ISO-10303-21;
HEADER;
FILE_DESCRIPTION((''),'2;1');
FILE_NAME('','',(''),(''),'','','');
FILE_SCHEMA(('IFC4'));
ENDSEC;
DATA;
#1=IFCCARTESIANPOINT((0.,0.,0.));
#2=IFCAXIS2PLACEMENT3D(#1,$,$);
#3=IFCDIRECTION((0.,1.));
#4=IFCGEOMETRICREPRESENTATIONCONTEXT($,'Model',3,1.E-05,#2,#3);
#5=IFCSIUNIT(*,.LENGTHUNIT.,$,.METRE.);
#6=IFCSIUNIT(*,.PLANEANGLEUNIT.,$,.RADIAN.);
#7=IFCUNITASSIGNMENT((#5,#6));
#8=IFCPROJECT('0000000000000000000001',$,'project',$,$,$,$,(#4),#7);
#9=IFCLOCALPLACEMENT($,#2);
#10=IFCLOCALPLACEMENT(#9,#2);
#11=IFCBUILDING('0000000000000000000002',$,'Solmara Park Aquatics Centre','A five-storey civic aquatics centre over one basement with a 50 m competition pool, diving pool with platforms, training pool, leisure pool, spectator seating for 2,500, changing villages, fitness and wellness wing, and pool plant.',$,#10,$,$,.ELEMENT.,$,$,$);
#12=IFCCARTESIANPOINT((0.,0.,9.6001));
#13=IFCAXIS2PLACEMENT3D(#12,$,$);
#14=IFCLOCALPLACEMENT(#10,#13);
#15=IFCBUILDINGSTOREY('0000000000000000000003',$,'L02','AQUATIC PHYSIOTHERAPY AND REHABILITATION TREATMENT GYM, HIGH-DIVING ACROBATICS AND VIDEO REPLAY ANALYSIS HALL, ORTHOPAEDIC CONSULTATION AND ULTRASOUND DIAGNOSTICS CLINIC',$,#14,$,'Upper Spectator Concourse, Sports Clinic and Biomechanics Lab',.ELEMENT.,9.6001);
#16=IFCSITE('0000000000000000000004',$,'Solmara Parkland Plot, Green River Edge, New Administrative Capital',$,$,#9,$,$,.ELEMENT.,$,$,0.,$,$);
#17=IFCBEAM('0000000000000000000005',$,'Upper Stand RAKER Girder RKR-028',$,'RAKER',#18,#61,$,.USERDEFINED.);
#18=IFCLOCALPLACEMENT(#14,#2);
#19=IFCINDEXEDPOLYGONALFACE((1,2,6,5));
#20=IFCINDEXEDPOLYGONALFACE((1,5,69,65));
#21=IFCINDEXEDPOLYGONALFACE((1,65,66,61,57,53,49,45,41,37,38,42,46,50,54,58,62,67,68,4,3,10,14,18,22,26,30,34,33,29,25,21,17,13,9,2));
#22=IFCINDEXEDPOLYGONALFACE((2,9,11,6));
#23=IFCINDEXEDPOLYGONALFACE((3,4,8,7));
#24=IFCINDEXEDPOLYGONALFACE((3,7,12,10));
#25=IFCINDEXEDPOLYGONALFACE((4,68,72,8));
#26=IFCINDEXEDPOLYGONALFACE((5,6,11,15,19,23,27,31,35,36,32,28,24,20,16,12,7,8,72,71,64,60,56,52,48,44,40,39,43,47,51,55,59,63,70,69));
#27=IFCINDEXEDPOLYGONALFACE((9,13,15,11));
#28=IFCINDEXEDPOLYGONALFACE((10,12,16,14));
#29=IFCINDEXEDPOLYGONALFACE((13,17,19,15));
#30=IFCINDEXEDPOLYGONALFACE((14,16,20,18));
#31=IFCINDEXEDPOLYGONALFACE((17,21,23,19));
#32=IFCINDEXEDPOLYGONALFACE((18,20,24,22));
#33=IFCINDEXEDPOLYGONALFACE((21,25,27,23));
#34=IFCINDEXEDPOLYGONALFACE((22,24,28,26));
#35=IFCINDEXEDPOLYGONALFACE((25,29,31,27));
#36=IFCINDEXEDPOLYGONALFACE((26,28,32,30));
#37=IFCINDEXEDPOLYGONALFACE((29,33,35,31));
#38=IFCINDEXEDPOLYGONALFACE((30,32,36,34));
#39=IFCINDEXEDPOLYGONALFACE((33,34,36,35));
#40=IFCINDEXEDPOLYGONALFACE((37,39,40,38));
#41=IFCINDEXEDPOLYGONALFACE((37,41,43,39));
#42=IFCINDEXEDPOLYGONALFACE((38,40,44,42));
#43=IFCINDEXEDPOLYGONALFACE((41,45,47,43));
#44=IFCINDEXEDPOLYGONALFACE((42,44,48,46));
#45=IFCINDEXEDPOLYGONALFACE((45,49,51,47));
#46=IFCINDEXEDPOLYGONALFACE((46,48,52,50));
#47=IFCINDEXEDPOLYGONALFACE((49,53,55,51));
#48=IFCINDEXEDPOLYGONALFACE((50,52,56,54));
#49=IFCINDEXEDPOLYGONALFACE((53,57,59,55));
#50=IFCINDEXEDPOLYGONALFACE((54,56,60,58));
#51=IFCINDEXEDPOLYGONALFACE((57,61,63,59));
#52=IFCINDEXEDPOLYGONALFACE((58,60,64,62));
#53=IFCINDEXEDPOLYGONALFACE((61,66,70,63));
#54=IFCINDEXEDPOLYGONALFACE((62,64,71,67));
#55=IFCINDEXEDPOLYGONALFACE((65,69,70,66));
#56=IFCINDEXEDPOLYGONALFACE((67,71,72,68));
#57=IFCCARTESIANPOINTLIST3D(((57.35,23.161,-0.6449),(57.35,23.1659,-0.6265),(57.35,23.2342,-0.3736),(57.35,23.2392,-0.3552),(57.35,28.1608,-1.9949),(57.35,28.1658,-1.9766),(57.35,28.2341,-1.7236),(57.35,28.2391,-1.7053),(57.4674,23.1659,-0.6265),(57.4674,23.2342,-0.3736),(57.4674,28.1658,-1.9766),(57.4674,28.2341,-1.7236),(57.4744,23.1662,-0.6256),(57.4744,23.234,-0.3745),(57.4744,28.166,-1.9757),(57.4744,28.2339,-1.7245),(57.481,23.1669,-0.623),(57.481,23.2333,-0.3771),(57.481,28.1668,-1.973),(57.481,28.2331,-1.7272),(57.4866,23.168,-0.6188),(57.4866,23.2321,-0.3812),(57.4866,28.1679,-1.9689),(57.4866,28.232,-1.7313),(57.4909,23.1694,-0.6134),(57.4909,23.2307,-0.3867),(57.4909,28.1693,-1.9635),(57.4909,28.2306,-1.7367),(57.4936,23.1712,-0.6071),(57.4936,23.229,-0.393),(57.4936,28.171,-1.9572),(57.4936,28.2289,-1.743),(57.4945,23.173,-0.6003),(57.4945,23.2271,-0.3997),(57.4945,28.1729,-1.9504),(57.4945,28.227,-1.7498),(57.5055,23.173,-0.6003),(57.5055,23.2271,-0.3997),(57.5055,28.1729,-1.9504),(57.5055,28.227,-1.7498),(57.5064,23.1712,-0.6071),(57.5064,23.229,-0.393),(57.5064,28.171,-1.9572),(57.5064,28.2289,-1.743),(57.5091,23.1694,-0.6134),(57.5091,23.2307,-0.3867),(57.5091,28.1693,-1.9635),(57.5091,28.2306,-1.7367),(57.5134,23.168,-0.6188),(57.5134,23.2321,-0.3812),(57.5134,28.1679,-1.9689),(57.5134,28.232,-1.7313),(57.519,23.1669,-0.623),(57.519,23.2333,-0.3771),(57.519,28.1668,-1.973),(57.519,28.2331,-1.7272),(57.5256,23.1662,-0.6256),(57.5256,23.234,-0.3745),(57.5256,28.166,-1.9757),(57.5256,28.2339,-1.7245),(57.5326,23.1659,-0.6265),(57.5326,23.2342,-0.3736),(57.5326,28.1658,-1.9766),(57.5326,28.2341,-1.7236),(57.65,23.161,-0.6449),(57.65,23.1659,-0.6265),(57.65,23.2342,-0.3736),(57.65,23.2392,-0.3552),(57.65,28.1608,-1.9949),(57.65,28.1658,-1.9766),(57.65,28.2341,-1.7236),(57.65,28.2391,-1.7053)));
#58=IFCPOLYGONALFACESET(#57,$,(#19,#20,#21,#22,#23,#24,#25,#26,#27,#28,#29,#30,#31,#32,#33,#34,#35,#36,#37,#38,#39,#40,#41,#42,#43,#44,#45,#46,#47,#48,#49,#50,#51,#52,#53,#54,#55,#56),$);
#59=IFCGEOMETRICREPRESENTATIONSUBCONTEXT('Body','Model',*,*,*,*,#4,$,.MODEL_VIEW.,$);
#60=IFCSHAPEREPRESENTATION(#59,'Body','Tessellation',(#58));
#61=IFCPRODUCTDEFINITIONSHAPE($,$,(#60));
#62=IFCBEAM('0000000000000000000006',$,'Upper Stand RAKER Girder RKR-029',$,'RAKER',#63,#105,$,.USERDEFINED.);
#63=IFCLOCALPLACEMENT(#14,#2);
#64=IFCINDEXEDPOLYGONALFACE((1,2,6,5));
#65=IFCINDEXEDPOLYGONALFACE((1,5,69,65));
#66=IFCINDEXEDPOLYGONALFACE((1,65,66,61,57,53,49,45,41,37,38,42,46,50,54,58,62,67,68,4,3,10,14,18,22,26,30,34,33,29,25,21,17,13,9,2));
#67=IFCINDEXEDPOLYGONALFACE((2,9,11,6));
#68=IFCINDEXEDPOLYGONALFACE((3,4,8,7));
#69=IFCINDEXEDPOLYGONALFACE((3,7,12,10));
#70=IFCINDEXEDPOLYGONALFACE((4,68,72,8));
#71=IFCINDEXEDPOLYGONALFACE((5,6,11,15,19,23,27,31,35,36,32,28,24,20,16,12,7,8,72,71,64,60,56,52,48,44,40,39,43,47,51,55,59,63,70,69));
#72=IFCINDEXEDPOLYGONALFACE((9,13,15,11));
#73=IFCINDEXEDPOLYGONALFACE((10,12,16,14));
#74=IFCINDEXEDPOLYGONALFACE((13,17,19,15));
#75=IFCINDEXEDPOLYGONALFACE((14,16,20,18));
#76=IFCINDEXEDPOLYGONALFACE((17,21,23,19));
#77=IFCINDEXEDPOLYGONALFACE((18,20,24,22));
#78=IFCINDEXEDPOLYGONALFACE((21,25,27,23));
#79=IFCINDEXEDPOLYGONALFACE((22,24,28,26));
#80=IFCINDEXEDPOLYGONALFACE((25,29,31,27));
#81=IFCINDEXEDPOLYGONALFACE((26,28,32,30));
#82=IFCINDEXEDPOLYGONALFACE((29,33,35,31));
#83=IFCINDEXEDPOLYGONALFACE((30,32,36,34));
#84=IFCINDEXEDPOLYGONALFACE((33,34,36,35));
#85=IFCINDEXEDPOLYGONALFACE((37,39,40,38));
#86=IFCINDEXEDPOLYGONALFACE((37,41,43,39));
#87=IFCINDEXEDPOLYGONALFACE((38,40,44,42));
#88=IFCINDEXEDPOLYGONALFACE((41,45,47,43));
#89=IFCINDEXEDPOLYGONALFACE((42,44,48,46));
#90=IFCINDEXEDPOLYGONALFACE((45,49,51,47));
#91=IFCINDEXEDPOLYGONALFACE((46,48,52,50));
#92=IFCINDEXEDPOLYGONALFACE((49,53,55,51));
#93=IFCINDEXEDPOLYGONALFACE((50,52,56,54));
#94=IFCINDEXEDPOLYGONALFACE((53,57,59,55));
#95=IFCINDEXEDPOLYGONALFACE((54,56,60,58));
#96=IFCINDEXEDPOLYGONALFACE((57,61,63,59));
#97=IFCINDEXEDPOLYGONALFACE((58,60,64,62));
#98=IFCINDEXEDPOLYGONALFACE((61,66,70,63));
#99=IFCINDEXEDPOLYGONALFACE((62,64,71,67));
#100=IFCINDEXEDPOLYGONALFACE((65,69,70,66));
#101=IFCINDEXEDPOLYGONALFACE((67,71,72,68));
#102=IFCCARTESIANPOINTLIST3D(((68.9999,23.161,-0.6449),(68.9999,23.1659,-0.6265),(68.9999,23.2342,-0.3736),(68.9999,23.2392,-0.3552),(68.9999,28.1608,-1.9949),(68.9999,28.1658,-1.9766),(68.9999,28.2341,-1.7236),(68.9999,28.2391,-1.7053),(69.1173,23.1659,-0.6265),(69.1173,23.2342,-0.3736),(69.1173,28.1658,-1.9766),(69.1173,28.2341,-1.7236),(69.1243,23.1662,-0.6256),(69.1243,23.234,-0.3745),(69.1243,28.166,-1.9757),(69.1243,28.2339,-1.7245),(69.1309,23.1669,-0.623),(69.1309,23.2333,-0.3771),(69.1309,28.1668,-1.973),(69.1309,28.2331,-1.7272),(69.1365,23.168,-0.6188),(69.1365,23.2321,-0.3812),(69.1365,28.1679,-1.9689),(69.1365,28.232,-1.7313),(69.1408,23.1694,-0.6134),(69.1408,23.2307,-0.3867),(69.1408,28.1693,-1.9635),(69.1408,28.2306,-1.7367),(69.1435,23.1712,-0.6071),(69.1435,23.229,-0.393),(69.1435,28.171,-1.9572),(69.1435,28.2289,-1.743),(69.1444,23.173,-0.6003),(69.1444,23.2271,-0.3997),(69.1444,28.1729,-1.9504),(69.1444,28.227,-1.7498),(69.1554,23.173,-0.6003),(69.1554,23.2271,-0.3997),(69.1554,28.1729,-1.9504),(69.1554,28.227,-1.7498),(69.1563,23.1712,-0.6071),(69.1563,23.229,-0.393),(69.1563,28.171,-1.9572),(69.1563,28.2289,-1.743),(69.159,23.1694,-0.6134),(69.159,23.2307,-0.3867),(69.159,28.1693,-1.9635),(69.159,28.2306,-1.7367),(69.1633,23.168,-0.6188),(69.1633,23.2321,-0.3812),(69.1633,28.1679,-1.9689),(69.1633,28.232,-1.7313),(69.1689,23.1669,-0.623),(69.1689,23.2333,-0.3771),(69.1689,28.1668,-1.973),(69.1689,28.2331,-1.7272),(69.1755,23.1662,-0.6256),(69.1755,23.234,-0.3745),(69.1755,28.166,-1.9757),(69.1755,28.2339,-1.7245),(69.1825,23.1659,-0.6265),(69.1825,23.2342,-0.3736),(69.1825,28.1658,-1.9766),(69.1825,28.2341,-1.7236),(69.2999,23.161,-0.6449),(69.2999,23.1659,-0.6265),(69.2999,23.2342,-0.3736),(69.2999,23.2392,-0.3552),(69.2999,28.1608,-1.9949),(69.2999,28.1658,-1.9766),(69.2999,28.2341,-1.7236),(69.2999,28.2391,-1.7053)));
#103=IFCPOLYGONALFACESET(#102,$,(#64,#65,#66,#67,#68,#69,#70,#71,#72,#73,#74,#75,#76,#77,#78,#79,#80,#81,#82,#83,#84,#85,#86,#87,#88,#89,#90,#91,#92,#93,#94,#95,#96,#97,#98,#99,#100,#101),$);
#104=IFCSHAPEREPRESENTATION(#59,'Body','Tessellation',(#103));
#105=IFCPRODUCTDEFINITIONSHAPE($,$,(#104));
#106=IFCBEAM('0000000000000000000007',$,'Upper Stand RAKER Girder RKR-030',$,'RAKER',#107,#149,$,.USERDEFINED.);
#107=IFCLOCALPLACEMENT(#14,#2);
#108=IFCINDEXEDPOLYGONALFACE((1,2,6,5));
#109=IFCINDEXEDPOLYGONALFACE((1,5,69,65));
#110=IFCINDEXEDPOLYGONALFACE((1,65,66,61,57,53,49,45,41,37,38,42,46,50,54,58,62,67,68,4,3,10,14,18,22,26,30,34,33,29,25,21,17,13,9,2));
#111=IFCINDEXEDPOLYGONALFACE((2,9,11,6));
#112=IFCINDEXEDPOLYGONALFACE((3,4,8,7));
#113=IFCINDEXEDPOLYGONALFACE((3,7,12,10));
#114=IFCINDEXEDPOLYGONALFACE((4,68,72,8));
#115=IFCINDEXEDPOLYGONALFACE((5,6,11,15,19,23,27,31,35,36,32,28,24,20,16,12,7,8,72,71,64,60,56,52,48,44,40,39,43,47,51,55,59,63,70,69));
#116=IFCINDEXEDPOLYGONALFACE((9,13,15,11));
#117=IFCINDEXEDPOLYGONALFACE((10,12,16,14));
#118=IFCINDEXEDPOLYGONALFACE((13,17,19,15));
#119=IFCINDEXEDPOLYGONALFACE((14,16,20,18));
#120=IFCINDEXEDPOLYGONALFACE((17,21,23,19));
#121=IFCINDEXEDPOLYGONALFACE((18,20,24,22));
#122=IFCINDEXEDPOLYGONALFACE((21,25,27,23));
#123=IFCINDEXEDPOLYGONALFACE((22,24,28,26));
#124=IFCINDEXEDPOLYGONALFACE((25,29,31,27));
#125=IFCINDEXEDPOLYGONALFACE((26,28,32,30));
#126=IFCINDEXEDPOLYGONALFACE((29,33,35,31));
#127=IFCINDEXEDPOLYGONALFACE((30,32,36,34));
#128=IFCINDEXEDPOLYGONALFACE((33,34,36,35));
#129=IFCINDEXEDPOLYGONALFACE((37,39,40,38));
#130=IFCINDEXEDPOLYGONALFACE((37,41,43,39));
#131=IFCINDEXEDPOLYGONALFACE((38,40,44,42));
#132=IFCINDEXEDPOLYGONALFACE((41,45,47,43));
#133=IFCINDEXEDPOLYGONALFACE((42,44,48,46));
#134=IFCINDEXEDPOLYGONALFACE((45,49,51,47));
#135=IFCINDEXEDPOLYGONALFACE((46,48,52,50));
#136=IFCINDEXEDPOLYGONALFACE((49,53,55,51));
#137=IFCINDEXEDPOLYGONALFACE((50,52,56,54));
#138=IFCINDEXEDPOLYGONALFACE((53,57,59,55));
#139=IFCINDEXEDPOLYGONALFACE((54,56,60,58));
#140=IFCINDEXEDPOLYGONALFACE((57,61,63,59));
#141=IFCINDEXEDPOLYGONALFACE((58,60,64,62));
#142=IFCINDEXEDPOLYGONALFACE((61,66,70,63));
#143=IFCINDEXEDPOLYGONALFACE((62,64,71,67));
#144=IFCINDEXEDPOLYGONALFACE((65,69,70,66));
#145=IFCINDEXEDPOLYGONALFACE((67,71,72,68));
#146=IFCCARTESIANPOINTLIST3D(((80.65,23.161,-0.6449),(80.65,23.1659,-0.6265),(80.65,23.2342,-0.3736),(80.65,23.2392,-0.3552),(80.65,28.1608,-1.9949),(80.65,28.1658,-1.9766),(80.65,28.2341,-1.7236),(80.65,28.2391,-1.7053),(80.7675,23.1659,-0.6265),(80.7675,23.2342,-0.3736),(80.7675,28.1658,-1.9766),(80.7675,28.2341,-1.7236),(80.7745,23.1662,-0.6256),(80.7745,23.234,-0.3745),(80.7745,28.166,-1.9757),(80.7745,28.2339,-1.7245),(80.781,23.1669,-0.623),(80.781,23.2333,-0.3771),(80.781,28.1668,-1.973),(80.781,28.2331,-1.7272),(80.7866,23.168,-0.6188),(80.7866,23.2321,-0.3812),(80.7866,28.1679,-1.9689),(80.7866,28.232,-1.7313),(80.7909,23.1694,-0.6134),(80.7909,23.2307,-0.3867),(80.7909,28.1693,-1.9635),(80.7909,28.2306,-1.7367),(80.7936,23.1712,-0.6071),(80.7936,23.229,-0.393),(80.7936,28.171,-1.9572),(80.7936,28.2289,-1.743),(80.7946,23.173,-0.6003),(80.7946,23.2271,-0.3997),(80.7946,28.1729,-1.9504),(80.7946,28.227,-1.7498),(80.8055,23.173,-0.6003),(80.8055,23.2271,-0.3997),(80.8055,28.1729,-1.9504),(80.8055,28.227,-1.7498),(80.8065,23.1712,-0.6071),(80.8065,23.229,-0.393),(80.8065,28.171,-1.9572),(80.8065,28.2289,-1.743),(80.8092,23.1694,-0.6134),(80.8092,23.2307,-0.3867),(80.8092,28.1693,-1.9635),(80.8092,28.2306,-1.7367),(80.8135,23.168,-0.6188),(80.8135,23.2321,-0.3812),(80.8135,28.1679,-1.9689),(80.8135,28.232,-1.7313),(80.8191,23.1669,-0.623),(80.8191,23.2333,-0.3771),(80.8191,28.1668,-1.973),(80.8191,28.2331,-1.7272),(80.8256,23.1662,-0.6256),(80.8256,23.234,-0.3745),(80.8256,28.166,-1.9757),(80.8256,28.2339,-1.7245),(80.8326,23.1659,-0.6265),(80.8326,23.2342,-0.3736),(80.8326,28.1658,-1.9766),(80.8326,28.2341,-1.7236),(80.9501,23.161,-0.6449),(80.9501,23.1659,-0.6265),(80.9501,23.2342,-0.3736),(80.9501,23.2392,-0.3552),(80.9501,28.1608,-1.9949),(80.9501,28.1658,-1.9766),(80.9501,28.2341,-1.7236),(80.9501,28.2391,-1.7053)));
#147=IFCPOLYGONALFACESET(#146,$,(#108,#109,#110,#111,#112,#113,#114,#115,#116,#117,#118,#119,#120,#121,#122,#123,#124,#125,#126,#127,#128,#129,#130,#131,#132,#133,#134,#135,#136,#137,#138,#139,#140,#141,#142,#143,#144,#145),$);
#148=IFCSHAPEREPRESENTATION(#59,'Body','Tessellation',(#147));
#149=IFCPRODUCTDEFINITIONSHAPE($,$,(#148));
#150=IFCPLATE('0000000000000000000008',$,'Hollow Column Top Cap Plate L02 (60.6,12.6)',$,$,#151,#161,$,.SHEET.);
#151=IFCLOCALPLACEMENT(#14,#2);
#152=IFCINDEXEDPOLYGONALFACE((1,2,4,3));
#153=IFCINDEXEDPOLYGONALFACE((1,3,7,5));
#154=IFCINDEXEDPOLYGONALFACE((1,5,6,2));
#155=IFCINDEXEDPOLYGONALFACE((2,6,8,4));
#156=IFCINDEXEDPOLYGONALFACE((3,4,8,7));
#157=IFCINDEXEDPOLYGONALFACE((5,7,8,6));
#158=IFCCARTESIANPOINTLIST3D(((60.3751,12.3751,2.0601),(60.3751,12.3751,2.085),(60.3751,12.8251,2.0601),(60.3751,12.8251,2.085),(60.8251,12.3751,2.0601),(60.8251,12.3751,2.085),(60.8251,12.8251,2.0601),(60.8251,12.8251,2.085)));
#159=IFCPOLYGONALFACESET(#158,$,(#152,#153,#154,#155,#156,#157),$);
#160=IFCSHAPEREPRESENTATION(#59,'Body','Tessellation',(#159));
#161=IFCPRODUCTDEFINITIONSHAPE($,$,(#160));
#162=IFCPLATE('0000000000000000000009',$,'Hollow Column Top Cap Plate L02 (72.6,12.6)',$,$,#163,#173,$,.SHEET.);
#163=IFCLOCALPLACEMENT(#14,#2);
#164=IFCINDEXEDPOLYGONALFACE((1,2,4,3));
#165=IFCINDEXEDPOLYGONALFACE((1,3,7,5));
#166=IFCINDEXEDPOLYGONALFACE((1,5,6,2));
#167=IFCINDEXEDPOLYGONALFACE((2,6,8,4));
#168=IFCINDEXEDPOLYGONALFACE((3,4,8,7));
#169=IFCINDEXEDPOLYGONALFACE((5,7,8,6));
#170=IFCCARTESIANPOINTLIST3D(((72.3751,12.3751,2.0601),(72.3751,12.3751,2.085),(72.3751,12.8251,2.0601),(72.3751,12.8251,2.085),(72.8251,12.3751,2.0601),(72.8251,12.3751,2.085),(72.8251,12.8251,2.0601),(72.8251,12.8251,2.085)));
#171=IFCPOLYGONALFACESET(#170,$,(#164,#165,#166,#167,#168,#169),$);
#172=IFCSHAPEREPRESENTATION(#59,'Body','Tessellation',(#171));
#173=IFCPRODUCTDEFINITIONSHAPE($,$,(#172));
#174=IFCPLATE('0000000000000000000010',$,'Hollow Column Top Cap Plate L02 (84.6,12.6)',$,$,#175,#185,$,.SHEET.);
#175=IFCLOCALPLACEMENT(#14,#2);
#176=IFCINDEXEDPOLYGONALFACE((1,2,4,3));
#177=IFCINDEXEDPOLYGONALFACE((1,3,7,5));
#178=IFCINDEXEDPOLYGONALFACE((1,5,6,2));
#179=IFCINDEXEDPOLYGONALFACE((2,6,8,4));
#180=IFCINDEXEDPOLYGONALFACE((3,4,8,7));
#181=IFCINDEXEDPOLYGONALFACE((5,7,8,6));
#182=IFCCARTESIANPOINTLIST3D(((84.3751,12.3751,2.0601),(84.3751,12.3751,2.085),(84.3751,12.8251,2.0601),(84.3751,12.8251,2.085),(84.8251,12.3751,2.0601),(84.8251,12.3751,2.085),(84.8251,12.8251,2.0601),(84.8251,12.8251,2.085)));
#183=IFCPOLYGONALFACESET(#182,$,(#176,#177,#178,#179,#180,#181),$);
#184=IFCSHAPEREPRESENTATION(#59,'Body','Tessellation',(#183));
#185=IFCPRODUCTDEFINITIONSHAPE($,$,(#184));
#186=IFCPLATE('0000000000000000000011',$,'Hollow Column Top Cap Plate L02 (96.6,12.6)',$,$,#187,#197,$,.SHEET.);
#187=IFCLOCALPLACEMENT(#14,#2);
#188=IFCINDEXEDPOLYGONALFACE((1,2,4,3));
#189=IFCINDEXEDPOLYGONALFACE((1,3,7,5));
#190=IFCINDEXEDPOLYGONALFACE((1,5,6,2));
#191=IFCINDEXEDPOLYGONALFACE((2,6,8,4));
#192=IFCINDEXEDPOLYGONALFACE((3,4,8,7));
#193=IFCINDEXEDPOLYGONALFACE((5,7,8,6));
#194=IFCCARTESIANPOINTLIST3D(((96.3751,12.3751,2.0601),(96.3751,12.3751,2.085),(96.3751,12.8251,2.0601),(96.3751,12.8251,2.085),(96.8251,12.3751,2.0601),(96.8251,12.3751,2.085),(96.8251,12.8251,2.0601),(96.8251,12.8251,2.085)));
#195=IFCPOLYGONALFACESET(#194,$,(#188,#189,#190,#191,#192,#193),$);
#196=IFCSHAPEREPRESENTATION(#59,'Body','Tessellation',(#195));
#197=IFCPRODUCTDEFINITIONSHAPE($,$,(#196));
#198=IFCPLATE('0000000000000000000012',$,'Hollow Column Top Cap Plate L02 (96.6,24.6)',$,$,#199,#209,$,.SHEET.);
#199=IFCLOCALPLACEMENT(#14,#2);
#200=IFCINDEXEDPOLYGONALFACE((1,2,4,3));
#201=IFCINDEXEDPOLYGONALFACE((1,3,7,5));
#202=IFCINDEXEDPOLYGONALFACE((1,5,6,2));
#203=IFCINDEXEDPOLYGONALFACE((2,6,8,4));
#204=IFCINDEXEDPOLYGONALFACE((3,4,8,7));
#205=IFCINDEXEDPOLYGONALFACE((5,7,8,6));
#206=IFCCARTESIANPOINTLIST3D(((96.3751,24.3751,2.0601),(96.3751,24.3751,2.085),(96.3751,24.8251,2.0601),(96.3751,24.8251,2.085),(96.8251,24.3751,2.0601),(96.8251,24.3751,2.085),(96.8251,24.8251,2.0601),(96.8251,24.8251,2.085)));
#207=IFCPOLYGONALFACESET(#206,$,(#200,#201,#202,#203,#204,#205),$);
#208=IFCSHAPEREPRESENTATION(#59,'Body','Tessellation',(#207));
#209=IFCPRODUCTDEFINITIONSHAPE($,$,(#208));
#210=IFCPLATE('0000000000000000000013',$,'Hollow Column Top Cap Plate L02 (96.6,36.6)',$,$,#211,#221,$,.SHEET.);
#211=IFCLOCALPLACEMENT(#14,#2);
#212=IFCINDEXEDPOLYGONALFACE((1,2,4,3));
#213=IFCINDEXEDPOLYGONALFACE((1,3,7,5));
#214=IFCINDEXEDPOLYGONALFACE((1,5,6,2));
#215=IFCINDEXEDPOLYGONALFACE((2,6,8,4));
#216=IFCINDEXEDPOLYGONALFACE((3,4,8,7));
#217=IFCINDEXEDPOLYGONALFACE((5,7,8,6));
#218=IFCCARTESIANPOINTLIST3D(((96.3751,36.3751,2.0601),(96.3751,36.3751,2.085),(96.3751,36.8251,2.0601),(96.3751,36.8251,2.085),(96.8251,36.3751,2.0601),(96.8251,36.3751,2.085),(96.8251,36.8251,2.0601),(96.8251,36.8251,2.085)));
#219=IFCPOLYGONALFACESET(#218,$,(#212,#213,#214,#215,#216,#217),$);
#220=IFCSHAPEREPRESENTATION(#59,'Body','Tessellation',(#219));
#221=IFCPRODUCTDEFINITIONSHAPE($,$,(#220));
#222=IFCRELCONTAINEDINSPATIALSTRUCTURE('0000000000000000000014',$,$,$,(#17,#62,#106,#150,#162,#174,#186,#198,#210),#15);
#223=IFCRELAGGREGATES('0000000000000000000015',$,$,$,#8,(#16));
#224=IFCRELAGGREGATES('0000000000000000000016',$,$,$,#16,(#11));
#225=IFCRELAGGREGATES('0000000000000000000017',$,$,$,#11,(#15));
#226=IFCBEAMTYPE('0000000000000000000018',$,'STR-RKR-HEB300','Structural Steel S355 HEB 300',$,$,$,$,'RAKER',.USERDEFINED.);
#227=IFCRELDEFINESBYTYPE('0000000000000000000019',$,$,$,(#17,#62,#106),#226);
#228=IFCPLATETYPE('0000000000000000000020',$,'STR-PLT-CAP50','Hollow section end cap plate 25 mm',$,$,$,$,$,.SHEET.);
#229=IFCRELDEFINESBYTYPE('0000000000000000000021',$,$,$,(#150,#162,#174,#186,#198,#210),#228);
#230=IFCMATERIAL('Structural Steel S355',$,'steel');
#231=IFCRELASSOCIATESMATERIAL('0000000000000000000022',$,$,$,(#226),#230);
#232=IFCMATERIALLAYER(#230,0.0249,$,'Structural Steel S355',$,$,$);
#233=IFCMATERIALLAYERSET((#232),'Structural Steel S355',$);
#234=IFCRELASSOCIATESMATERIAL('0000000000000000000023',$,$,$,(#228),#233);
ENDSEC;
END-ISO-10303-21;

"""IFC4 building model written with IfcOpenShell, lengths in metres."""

from ifc_helpers import new_model, si_unit, direction, frame, origin, origin_2d, place, context, subcontext, project, spatial, rectangle, i_section, extrude, material, layer, layer_set, material_profile, profile_set, type_object, element, save


model = new_model("IFC4")

# Units and contexts
model_context = context("Model", 3, precision=1e-05, world=origin(), true_north=direction((0.0, 1.0)))
body_context = subcontext(model_context, "Body", "Model", "MODEL_VIEW")
ifc_project = project(units=[si_unit("LENGTHUNIT", "METRE"), si_unit("PLANEANGLEUNIT", "RADIAN")], contexts=[model_context])

# Site, building, storey
site_placement = place(None, origin())
site = spatial("IfcSite", under=ifc_project, at=site_placement, Name="Solmara Parkland Plot, Green River Edge, New Administrative Capital", CompositionType="ELEMENT", RefElevation=0.0)
building_placement = place(site_placement, origin())
building = spatial("IfcBuilding", under=site, at=building_placement, Name="Solmara Park Aquatics Centre", Description="A five-storey civic aquatics centre over one basement with a 50 m competition pool, diving pool with platforms, training pool, leisure pool, spectator seating for 2,500, changing villages, fitness and wellness wing, and pool plant.", CompositionType="ELEMENT")
storey_placement = place(building_placement, frame((0.0, 0.0, 9.6001)))
storey = spatial("IfcBuildingStorey", under=building, at=storey_placement, Name="L02", Description="AQUATIC PHYSIOTHERAPY AND REHABILITATION TREATMENT GYM, HIGH-DIVING ACROBATICS AND VIDEO REPLAY ANALYSIS HALL, ORTHOPAEDIC CONSULTATION AND ULTRASOUND DIAGNOSTICS CLINIC", LongName="Upper Spectator Concourse, Sports Clinic and Biomechanics Lab", CompositionType="ELEMENT", Elevation=9.6001)

# Shared definitions
ifc_material_1 = material(Name="Structural Steel S355", Category="steel")

# Beams
ifc_material_profile_1 = material_profile(ifc_material_1, i_section(OverallWidth=0.3, OverallDepth=0.3, WebThickness=0.011, FlangeThickness=0.019, FilletRadius=0.0271, at=origin_2d()), Name="HEB 300")
ifc_profile_set_1 = profile_set([ifc_material_profile_1], Name="Structural Steel S355")
beam_type_1 = type_object("IfcBeamType", Name="STR-RKR-HEB300", Description="Structural Steel S355 HEB 300", ElementType="RAKER", PredefinedType="USERDEFINED", material=ifc_profile_set_1)
for number, where, z_axis, x_axis, name in (
    (1, (57.5, 28.2, -1.8501), (0.0, -0.965424, 0.260683), (1.0, 0.0, 0.0), "Upper Stand RAKER Girder RKR-028"),
    (2, (69.1499, 28.2, -1.8501), (0.0, -0.965424, 0.260683), (1.0, 0.0, 0.0), "Upper Stand RAKER Girder RKR-029"),
    (3, (80.8, 28.2, -1.8501), (0.0, -0.965424, 0.260683), (1.0, 0.0, 0.0), "Upper Stand RAKER Girder RKR-030"),
):
    element("IfcBeam", number, at=place(storey_placement, frame(where, z_axis=z_axis, x_axis=x_axis)), inside=storey, type_object=beam_type_1, Name=name, ObjectType="RAKER", PredefinedType="USERDEFINED", context=body_context, shape_type="SweptSolid", body=[
        extrude(i_section(OverallWidth=0.3, OverallDepth=0.3, WebThickness=0.011, FlangeThickness=0.019, FilletRadius=0.0271, at=origin_2d()), origin(), (0.0, 0.0, 1.0), 5.179),
    ])

# Plates
ifc_layer_1 = layer(ifc_material_1, 0.0249, Name="Structural Steel S355")
ifc_layer_set_1 = layer_set([ifc_layer_1], Name="Structural Steel S355")
plate_type = type_object("IfcPlateType", Name="STR-PLT-CAP50", Description="Hollow section end cap plate 25 mm", PredefinedType="SHEET", material=ifc_layer_set_1)
for number, where, z_axis, x_axis, name in (
    (4, (60.6001, 12.6001, 2.0601), (0.0, 0.0, 1.0), (1.0, 0.0, 0.0), "Hollow Column Top Cap Plate L02 (60.6,12.6)"),
    (5, (72.6001, 12.6001, 2.0601), (0.0, 0.0, 1.0), (1.0, 0.0, 0.0), "Hollow Column Top Cap Plate L02 (72.6,12.6)"),
    (6, (84.6001, 12.6001, 2.0601), (0.0, 0.0, 1.0), (1.0, 0.0, 0.0), "Hollow Column Top Cap Plate L02 (84.6,12.6)"),
    (7, (96.6001, 12.6001, 2.0601), (0.0, 0.0, 1.0), (1.0, 0.0, 0.0), "Hollow Column Top Cap Plate L02 (96.6,12.6)"),
    (8, (96.6001, 24.6001, 2.0601), (0.0, 0.0, 1.0), (1.0, 0.0, 0.0), "Hollow Column Top Cap Plate L02 (96.6,24.6)"),
    (9, (96.6001, 36.6001, 2.0601), (0.0, 0.0, 1.0), (1.0, 0.0, 0.0), "Hollow Column Top Cap Plate L02 (96.6,36.6)"),
):
    element("IfcPlate", number, at=place(storey_placement, frame(where, z_axis=z_axis, x_axis=x_axis)), inside=storey, type_object=plate_type, Name=name, PredefinedType="SHEET", context=body_context, shape_type="SweptSolid", body=[
        extrude(rectangle(XDim=0.45, YDim=0.45, at=origin_2d()), origin(), (0.0, 0.0, 1.0), 0.0249),
    ])

save(model, "model.ifc")
